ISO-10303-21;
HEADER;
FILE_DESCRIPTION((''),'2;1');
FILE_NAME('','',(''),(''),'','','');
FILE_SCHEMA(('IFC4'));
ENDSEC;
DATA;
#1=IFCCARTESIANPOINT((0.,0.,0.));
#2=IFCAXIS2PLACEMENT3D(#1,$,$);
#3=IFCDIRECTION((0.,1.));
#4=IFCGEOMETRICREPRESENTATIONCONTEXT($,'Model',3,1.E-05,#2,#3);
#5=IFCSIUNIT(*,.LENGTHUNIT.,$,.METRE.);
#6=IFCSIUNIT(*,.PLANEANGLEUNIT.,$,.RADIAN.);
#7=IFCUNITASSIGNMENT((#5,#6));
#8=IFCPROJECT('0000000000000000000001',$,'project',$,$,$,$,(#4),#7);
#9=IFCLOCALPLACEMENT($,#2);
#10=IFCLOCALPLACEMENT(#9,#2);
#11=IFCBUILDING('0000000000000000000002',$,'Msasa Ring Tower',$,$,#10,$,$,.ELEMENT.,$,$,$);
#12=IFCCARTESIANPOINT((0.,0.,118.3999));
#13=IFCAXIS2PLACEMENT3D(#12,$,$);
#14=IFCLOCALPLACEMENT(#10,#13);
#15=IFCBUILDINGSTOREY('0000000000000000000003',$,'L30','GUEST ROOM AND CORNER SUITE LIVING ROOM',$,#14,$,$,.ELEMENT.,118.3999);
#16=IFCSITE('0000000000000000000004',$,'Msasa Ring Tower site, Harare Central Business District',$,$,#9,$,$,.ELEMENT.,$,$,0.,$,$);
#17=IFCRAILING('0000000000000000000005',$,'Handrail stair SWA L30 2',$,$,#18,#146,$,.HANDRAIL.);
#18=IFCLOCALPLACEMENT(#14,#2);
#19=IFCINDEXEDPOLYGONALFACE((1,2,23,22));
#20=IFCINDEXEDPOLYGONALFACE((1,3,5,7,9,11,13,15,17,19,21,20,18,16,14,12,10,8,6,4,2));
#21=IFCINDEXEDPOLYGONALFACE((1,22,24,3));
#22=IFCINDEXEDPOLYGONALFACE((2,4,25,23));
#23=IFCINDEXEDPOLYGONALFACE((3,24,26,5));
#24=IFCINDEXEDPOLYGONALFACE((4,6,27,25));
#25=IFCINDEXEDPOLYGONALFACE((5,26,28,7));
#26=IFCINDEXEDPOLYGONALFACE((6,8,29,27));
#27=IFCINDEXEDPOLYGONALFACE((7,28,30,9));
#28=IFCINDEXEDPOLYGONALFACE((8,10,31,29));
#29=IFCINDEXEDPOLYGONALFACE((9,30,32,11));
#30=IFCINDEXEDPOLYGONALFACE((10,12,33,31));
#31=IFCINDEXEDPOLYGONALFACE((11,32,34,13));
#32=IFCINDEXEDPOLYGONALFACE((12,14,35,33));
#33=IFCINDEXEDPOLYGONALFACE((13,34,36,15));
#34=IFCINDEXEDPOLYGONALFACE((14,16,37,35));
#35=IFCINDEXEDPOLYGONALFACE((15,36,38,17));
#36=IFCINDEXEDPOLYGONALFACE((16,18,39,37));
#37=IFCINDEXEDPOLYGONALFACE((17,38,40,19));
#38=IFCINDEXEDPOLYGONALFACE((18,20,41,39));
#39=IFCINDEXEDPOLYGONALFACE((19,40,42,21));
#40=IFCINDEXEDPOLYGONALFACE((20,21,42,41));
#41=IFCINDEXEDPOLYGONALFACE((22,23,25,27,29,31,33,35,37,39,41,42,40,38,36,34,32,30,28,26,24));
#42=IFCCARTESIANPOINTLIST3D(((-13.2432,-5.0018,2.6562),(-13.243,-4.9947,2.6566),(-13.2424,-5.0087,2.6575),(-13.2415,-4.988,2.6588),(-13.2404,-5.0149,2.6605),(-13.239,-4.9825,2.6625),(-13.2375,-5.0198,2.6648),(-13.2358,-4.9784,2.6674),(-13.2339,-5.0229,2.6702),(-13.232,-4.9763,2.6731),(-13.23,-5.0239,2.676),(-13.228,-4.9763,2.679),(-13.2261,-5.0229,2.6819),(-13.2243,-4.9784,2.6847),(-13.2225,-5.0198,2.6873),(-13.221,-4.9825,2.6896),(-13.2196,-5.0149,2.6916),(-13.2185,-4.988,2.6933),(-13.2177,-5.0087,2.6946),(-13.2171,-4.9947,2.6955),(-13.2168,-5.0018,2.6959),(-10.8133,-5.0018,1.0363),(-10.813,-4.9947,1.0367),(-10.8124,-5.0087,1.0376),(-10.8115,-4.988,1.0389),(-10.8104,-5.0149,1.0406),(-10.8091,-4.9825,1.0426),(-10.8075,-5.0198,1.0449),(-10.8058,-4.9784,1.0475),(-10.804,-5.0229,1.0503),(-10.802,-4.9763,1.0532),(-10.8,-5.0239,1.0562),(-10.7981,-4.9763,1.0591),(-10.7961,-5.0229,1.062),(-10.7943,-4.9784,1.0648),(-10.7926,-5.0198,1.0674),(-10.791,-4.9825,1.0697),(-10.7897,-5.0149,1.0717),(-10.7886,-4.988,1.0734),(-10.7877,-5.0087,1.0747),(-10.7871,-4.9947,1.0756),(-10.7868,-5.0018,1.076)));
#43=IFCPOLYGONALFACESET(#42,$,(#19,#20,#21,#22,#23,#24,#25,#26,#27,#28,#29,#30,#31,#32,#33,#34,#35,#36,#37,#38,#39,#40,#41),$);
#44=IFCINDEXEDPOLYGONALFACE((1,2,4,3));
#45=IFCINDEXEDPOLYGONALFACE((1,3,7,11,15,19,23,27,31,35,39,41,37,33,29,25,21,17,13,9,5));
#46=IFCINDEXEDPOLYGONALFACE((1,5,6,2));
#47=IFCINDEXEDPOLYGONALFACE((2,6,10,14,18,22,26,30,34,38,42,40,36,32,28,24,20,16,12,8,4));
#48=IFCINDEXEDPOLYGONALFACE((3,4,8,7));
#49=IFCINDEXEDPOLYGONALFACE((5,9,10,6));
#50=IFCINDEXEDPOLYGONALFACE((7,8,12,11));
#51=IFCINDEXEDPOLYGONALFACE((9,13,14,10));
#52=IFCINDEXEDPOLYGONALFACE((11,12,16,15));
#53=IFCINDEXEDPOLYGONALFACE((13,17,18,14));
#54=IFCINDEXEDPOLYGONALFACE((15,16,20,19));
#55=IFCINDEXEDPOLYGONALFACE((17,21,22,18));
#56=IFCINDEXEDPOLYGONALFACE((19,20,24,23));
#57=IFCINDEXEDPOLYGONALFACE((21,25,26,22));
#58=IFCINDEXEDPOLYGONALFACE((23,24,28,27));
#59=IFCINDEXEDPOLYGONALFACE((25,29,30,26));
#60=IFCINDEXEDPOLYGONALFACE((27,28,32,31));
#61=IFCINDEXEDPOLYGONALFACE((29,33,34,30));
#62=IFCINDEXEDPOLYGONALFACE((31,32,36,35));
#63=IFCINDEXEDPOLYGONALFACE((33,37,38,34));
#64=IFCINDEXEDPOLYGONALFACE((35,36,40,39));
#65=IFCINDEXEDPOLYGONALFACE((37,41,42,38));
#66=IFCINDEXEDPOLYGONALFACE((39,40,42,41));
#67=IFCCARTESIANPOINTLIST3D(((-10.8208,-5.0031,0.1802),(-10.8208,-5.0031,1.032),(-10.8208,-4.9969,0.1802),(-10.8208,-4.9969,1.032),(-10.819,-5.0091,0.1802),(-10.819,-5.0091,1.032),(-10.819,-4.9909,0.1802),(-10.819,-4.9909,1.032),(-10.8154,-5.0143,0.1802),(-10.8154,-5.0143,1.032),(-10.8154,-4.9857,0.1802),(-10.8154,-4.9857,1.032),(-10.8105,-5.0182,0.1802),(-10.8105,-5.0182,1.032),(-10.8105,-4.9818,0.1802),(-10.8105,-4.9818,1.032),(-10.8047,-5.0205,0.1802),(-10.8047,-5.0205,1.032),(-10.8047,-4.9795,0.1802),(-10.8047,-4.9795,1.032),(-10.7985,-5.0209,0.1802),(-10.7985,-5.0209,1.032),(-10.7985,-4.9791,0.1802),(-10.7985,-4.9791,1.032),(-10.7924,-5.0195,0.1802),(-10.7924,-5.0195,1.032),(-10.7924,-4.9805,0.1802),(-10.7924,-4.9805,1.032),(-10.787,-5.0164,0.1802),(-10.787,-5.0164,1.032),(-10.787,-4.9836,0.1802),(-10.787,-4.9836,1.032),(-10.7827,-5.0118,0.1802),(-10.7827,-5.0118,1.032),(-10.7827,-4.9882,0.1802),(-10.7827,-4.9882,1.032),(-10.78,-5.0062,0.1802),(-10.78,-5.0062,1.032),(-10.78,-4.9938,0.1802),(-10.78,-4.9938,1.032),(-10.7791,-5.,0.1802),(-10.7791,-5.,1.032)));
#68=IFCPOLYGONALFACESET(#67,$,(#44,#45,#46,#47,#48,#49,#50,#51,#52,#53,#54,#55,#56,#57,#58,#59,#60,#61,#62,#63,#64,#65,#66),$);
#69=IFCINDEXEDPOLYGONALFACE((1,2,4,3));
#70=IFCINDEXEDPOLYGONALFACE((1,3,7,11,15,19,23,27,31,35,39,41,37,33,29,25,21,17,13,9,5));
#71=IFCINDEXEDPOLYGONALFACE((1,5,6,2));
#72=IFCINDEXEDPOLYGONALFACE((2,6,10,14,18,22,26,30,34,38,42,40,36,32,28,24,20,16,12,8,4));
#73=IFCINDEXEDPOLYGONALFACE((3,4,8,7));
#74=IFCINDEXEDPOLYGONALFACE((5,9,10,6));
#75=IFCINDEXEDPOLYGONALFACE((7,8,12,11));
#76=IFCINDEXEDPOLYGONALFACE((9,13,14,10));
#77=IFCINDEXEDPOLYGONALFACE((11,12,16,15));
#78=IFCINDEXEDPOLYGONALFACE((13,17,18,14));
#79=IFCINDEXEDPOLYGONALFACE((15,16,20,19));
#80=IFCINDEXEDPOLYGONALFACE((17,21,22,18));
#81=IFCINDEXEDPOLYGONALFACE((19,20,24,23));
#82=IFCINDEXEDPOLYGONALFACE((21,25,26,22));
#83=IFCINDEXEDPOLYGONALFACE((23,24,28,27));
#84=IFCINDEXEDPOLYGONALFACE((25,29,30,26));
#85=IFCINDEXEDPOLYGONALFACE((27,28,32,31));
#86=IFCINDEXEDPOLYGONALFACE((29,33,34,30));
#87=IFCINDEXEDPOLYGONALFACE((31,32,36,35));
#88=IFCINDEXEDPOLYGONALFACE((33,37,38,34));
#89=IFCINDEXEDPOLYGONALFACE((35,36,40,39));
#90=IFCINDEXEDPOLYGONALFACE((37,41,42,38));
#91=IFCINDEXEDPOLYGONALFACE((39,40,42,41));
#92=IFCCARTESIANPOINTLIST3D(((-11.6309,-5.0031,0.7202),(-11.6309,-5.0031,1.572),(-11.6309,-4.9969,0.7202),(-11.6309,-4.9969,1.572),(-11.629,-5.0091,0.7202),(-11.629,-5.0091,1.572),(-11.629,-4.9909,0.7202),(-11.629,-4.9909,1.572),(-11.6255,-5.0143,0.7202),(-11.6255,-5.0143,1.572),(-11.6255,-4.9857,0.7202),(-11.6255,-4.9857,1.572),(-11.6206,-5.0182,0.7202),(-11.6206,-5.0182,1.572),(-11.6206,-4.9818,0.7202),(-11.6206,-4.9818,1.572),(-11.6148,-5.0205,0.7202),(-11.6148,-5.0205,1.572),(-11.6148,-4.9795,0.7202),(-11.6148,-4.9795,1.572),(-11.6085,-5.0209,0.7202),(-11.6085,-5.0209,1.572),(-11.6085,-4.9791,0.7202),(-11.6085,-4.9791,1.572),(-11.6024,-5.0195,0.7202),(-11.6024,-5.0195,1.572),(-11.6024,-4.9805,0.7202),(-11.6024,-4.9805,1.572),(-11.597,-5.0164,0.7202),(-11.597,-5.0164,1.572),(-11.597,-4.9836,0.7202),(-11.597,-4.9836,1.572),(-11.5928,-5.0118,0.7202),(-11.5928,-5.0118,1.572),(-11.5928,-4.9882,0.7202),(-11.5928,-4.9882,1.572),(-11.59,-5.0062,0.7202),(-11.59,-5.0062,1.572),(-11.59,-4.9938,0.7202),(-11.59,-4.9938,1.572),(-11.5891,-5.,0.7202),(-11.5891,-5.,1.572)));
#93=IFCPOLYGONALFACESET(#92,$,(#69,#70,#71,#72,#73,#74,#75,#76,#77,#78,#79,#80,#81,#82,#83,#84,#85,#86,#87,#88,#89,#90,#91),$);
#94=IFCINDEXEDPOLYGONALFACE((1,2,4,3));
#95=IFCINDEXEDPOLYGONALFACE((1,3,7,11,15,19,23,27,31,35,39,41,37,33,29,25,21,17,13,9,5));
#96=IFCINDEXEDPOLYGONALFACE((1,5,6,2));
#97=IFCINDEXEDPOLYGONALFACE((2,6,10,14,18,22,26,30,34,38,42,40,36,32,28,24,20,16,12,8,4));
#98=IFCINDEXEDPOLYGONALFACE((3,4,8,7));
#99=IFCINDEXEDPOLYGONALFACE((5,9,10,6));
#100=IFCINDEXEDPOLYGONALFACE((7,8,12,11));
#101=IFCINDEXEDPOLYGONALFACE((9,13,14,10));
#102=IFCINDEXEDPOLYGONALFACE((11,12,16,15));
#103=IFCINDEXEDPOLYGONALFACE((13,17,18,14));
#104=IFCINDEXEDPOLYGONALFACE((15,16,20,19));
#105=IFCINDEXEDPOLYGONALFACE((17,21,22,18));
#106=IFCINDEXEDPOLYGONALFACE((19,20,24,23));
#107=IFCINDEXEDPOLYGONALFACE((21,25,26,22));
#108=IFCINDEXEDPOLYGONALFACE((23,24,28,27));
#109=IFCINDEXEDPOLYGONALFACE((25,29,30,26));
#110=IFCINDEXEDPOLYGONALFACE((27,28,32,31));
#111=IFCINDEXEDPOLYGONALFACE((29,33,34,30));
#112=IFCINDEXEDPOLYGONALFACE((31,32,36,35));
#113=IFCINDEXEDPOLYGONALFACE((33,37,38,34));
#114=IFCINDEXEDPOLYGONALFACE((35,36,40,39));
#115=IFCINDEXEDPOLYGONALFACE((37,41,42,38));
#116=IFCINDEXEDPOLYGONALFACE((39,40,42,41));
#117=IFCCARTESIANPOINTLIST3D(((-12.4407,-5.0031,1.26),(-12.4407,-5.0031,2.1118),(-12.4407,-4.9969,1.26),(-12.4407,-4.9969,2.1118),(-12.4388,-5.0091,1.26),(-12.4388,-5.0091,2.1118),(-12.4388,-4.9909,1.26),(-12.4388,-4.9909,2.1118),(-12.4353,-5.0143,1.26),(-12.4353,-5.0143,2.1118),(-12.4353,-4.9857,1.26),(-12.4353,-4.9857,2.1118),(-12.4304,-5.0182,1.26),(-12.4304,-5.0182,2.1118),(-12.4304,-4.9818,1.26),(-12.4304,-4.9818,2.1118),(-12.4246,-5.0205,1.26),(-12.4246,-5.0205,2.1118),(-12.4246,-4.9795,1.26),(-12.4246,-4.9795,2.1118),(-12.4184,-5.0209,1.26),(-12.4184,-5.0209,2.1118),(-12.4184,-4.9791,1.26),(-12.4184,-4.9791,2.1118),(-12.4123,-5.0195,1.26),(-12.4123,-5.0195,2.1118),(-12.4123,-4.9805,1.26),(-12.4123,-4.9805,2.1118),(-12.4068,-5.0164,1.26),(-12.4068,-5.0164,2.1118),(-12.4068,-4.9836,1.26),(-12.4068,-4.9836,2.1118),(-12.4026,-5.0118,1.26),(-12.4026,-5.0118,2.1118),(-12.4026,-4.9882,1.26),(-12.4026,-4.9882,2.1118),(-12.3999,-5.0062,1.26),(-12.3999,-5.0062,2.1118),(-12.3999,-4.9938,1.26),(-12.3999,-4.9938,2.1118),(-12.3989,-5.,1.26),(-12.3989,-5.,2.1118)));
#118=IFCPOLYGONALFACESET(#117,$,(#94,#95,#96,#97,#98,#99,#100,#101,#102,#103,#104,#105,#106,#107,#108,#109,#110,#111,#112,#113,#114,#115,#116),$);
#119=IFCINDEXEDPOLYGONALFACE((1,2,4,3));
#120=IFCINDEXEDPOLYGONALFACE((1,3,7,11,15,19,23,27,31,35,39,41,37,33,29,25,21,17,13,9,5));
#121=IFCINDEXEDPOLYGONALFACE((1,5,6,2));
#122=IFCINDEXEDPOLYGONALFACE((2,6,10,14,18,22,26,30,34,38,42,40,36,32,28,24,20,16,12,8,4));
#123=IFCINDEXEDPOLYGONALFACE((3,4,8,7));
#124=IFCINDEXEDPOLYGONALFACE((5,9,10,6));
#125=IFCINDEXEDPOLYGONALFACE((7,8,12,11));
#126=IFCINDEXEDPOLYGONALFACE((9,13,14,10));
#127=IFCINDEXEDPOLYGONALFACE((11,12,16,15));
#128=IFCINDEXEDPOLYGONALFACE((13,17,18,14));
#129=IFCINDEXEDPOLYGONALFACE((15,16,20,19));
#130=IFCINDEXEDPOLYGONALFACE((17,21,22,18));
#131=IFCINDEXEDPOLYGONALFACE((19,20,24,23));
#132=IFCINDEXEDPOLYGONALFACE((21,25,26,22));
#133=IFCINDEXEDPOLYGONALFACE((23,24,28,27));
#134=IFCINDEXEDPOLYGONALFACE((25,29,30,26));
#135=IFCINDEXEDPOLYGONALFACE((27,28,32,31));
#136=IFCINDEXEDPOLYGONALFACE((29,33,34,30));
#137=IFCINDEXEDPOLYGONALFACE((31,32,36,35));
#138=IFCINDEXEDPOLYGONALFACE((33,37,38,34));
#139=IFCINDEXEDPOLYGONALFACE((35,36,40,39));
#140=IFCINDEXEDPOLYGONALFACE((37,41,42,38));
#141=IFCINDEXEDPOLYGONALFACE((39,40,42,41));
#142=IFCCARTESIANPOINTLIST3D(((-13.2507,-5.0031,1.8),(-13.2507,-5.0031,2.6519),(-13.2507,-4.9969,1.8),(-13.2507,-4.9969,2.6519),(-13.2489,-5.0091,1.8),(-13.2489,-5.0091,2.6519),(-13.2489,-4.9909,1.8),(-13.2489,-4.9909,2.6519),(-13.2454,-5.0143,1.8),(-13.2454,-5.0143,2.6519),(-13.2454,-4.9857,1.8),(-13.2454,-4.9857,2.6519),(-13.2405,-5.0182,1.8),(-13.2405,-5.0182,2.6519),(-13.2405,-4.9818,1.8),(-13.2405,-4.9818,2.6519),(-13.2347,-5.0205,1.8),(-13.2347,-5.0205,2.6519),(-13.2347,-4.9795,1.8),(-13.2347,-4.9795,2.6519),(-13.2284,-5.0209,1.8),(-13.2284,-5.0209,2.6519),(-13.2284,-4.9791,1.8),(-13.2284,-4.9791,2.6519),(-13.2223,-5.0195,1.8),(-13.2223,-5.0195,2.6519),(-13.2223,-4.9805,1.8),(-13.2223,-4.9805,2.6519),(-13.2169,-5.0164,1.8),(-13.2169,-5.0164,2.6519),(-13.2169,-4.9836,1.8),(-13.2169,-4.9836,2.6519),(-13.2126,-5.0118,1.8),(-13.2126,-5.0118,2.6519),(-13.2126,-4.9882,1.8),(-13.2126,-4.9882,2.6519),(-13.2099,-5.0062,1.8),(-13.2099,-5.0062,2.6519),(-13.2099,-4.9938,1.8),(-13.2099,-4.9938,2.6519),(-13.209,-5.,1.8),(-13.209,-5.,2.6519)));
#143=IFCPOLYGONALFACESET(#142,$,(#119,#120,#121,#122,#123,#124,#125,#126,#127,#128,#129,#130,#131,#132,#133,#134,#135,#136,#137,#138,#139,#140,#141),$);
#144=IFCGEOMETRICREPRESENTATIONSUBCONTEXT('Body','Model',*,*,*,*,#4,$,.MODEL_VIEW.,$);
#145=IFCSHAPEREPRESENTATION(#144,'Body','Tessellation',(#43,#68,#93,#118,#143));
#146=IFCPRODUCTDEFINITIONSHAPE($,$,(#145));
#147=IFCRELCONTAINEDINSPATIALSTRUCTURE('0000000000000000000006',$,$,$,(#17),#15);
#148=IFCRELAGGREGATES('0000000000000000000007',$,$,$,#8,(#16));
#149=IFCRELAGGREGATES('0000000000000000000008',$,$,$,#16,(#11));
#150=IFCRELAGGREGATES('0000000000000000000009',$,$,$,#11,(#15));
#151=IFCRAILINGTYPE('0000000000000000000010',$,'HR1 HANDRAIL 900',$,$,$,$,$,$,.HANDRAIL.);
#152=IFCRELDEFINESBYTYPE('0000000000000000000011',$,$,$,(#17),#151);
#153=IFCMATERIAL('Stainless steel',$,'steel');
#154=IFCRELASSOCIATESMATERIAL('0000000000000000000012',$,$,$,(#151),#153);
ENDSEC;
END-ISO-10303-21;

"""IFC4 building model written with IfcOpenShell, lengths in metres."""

from ifc_helpers import new_model, si_unit, direction, frame, origin, origin_2d, place, context, subcontext, project, spatial, circle, extrude, material, type_object, element, save


model = new_model("IFC4")

# Units and contexts
model_context = context("Model", 3, precision=1e-05, world=origin(), true_north=direction((0.0, 1.0)))
body_context = subcontext(model_context, "Body", "Model", "MODEL_VIEW")
ifc_project = project(units=[si_unit("LENGTHUNIT", "METRE"), si_unit("PLANEANGLEUNIT", "RADIAN")], contexts=[model_context])

# Site, building, storey
site_placement = place(None, origin())
site = spatial("IfcSite", under=ifc_project, at=site_placement, Name="Msasa Ring Tower site, Harare Central Business District", CompositionType="ELEMENT", RefElevation=0.0)
building_placement = place(site_placement, origin())
building = spatial("IfcBuilding", under=site, at=building_placement, Name="Msasa Ring Tower", CompositionType="ELEMENT")
storey_placement = place(building_placement, frame((0.0, 0.0, 118.3999)))
storey = spatial("IfcBuildingStorey", under=building, at=storey_placement, Name="L30", Description="GUEST ROOM AND CORNER SUITE LIVING ROOM", CompositionType="ELEMENT", Elevation=118.3999)

# Railing
ifc_material_1 = material(Name="Stainless steel", Category="steel")
railing_type = type_object("IfcRailingType", Name="HR1 HANDRAIL 900", PredefinedType="HANDRAIL", material=ifc_material_1)
for number, where, name in (
    (1, (-10.8, -5.0, 0.1802), "Handrail stair SWA L30 2"),
):
    element("IfcRailing", number, at=place(storey_placement, frame(where)), inside=storey, type_object=railing_type, Name=name, PredefinedType="HANDRAIL", context=body_context, shape_type="SweptSolid", body=[
        extrude(circle(Radius=0.0239, at=origin_2d()), frame((0.0, 0.0, 0.876), z_axis=(-0.832063, 0.0, 0.554681), x_axis=(0.0, -1.0, 0.0)), (0.0, 0.0, 1.0), 2.9204),
        extrude(circle(Radius=0.021, at=origin_2d()), origin(), (0.0, 0.0, 1.0), 0.8518),
        extrude(circle(Radius=0.021, at=origin_2d()), frame((-0.8101, 0.0, 0.54)), (0.0, 0.0, 1.0), 0.8518),
        extrude(circle(Radius=0.021, at=origin_2d()), frame((-1.6199, 0.0, 1.0798)), (0.0, 0.0, 1.0), 0.8518),
        extrude(circle(Radius=0.021, at=origin_2d()), frame((-2.4299, 0.0, 1.6199)), (0.0, 0.0, 1.0), 0.8518),
    ])

save(model, "model.ifc")
